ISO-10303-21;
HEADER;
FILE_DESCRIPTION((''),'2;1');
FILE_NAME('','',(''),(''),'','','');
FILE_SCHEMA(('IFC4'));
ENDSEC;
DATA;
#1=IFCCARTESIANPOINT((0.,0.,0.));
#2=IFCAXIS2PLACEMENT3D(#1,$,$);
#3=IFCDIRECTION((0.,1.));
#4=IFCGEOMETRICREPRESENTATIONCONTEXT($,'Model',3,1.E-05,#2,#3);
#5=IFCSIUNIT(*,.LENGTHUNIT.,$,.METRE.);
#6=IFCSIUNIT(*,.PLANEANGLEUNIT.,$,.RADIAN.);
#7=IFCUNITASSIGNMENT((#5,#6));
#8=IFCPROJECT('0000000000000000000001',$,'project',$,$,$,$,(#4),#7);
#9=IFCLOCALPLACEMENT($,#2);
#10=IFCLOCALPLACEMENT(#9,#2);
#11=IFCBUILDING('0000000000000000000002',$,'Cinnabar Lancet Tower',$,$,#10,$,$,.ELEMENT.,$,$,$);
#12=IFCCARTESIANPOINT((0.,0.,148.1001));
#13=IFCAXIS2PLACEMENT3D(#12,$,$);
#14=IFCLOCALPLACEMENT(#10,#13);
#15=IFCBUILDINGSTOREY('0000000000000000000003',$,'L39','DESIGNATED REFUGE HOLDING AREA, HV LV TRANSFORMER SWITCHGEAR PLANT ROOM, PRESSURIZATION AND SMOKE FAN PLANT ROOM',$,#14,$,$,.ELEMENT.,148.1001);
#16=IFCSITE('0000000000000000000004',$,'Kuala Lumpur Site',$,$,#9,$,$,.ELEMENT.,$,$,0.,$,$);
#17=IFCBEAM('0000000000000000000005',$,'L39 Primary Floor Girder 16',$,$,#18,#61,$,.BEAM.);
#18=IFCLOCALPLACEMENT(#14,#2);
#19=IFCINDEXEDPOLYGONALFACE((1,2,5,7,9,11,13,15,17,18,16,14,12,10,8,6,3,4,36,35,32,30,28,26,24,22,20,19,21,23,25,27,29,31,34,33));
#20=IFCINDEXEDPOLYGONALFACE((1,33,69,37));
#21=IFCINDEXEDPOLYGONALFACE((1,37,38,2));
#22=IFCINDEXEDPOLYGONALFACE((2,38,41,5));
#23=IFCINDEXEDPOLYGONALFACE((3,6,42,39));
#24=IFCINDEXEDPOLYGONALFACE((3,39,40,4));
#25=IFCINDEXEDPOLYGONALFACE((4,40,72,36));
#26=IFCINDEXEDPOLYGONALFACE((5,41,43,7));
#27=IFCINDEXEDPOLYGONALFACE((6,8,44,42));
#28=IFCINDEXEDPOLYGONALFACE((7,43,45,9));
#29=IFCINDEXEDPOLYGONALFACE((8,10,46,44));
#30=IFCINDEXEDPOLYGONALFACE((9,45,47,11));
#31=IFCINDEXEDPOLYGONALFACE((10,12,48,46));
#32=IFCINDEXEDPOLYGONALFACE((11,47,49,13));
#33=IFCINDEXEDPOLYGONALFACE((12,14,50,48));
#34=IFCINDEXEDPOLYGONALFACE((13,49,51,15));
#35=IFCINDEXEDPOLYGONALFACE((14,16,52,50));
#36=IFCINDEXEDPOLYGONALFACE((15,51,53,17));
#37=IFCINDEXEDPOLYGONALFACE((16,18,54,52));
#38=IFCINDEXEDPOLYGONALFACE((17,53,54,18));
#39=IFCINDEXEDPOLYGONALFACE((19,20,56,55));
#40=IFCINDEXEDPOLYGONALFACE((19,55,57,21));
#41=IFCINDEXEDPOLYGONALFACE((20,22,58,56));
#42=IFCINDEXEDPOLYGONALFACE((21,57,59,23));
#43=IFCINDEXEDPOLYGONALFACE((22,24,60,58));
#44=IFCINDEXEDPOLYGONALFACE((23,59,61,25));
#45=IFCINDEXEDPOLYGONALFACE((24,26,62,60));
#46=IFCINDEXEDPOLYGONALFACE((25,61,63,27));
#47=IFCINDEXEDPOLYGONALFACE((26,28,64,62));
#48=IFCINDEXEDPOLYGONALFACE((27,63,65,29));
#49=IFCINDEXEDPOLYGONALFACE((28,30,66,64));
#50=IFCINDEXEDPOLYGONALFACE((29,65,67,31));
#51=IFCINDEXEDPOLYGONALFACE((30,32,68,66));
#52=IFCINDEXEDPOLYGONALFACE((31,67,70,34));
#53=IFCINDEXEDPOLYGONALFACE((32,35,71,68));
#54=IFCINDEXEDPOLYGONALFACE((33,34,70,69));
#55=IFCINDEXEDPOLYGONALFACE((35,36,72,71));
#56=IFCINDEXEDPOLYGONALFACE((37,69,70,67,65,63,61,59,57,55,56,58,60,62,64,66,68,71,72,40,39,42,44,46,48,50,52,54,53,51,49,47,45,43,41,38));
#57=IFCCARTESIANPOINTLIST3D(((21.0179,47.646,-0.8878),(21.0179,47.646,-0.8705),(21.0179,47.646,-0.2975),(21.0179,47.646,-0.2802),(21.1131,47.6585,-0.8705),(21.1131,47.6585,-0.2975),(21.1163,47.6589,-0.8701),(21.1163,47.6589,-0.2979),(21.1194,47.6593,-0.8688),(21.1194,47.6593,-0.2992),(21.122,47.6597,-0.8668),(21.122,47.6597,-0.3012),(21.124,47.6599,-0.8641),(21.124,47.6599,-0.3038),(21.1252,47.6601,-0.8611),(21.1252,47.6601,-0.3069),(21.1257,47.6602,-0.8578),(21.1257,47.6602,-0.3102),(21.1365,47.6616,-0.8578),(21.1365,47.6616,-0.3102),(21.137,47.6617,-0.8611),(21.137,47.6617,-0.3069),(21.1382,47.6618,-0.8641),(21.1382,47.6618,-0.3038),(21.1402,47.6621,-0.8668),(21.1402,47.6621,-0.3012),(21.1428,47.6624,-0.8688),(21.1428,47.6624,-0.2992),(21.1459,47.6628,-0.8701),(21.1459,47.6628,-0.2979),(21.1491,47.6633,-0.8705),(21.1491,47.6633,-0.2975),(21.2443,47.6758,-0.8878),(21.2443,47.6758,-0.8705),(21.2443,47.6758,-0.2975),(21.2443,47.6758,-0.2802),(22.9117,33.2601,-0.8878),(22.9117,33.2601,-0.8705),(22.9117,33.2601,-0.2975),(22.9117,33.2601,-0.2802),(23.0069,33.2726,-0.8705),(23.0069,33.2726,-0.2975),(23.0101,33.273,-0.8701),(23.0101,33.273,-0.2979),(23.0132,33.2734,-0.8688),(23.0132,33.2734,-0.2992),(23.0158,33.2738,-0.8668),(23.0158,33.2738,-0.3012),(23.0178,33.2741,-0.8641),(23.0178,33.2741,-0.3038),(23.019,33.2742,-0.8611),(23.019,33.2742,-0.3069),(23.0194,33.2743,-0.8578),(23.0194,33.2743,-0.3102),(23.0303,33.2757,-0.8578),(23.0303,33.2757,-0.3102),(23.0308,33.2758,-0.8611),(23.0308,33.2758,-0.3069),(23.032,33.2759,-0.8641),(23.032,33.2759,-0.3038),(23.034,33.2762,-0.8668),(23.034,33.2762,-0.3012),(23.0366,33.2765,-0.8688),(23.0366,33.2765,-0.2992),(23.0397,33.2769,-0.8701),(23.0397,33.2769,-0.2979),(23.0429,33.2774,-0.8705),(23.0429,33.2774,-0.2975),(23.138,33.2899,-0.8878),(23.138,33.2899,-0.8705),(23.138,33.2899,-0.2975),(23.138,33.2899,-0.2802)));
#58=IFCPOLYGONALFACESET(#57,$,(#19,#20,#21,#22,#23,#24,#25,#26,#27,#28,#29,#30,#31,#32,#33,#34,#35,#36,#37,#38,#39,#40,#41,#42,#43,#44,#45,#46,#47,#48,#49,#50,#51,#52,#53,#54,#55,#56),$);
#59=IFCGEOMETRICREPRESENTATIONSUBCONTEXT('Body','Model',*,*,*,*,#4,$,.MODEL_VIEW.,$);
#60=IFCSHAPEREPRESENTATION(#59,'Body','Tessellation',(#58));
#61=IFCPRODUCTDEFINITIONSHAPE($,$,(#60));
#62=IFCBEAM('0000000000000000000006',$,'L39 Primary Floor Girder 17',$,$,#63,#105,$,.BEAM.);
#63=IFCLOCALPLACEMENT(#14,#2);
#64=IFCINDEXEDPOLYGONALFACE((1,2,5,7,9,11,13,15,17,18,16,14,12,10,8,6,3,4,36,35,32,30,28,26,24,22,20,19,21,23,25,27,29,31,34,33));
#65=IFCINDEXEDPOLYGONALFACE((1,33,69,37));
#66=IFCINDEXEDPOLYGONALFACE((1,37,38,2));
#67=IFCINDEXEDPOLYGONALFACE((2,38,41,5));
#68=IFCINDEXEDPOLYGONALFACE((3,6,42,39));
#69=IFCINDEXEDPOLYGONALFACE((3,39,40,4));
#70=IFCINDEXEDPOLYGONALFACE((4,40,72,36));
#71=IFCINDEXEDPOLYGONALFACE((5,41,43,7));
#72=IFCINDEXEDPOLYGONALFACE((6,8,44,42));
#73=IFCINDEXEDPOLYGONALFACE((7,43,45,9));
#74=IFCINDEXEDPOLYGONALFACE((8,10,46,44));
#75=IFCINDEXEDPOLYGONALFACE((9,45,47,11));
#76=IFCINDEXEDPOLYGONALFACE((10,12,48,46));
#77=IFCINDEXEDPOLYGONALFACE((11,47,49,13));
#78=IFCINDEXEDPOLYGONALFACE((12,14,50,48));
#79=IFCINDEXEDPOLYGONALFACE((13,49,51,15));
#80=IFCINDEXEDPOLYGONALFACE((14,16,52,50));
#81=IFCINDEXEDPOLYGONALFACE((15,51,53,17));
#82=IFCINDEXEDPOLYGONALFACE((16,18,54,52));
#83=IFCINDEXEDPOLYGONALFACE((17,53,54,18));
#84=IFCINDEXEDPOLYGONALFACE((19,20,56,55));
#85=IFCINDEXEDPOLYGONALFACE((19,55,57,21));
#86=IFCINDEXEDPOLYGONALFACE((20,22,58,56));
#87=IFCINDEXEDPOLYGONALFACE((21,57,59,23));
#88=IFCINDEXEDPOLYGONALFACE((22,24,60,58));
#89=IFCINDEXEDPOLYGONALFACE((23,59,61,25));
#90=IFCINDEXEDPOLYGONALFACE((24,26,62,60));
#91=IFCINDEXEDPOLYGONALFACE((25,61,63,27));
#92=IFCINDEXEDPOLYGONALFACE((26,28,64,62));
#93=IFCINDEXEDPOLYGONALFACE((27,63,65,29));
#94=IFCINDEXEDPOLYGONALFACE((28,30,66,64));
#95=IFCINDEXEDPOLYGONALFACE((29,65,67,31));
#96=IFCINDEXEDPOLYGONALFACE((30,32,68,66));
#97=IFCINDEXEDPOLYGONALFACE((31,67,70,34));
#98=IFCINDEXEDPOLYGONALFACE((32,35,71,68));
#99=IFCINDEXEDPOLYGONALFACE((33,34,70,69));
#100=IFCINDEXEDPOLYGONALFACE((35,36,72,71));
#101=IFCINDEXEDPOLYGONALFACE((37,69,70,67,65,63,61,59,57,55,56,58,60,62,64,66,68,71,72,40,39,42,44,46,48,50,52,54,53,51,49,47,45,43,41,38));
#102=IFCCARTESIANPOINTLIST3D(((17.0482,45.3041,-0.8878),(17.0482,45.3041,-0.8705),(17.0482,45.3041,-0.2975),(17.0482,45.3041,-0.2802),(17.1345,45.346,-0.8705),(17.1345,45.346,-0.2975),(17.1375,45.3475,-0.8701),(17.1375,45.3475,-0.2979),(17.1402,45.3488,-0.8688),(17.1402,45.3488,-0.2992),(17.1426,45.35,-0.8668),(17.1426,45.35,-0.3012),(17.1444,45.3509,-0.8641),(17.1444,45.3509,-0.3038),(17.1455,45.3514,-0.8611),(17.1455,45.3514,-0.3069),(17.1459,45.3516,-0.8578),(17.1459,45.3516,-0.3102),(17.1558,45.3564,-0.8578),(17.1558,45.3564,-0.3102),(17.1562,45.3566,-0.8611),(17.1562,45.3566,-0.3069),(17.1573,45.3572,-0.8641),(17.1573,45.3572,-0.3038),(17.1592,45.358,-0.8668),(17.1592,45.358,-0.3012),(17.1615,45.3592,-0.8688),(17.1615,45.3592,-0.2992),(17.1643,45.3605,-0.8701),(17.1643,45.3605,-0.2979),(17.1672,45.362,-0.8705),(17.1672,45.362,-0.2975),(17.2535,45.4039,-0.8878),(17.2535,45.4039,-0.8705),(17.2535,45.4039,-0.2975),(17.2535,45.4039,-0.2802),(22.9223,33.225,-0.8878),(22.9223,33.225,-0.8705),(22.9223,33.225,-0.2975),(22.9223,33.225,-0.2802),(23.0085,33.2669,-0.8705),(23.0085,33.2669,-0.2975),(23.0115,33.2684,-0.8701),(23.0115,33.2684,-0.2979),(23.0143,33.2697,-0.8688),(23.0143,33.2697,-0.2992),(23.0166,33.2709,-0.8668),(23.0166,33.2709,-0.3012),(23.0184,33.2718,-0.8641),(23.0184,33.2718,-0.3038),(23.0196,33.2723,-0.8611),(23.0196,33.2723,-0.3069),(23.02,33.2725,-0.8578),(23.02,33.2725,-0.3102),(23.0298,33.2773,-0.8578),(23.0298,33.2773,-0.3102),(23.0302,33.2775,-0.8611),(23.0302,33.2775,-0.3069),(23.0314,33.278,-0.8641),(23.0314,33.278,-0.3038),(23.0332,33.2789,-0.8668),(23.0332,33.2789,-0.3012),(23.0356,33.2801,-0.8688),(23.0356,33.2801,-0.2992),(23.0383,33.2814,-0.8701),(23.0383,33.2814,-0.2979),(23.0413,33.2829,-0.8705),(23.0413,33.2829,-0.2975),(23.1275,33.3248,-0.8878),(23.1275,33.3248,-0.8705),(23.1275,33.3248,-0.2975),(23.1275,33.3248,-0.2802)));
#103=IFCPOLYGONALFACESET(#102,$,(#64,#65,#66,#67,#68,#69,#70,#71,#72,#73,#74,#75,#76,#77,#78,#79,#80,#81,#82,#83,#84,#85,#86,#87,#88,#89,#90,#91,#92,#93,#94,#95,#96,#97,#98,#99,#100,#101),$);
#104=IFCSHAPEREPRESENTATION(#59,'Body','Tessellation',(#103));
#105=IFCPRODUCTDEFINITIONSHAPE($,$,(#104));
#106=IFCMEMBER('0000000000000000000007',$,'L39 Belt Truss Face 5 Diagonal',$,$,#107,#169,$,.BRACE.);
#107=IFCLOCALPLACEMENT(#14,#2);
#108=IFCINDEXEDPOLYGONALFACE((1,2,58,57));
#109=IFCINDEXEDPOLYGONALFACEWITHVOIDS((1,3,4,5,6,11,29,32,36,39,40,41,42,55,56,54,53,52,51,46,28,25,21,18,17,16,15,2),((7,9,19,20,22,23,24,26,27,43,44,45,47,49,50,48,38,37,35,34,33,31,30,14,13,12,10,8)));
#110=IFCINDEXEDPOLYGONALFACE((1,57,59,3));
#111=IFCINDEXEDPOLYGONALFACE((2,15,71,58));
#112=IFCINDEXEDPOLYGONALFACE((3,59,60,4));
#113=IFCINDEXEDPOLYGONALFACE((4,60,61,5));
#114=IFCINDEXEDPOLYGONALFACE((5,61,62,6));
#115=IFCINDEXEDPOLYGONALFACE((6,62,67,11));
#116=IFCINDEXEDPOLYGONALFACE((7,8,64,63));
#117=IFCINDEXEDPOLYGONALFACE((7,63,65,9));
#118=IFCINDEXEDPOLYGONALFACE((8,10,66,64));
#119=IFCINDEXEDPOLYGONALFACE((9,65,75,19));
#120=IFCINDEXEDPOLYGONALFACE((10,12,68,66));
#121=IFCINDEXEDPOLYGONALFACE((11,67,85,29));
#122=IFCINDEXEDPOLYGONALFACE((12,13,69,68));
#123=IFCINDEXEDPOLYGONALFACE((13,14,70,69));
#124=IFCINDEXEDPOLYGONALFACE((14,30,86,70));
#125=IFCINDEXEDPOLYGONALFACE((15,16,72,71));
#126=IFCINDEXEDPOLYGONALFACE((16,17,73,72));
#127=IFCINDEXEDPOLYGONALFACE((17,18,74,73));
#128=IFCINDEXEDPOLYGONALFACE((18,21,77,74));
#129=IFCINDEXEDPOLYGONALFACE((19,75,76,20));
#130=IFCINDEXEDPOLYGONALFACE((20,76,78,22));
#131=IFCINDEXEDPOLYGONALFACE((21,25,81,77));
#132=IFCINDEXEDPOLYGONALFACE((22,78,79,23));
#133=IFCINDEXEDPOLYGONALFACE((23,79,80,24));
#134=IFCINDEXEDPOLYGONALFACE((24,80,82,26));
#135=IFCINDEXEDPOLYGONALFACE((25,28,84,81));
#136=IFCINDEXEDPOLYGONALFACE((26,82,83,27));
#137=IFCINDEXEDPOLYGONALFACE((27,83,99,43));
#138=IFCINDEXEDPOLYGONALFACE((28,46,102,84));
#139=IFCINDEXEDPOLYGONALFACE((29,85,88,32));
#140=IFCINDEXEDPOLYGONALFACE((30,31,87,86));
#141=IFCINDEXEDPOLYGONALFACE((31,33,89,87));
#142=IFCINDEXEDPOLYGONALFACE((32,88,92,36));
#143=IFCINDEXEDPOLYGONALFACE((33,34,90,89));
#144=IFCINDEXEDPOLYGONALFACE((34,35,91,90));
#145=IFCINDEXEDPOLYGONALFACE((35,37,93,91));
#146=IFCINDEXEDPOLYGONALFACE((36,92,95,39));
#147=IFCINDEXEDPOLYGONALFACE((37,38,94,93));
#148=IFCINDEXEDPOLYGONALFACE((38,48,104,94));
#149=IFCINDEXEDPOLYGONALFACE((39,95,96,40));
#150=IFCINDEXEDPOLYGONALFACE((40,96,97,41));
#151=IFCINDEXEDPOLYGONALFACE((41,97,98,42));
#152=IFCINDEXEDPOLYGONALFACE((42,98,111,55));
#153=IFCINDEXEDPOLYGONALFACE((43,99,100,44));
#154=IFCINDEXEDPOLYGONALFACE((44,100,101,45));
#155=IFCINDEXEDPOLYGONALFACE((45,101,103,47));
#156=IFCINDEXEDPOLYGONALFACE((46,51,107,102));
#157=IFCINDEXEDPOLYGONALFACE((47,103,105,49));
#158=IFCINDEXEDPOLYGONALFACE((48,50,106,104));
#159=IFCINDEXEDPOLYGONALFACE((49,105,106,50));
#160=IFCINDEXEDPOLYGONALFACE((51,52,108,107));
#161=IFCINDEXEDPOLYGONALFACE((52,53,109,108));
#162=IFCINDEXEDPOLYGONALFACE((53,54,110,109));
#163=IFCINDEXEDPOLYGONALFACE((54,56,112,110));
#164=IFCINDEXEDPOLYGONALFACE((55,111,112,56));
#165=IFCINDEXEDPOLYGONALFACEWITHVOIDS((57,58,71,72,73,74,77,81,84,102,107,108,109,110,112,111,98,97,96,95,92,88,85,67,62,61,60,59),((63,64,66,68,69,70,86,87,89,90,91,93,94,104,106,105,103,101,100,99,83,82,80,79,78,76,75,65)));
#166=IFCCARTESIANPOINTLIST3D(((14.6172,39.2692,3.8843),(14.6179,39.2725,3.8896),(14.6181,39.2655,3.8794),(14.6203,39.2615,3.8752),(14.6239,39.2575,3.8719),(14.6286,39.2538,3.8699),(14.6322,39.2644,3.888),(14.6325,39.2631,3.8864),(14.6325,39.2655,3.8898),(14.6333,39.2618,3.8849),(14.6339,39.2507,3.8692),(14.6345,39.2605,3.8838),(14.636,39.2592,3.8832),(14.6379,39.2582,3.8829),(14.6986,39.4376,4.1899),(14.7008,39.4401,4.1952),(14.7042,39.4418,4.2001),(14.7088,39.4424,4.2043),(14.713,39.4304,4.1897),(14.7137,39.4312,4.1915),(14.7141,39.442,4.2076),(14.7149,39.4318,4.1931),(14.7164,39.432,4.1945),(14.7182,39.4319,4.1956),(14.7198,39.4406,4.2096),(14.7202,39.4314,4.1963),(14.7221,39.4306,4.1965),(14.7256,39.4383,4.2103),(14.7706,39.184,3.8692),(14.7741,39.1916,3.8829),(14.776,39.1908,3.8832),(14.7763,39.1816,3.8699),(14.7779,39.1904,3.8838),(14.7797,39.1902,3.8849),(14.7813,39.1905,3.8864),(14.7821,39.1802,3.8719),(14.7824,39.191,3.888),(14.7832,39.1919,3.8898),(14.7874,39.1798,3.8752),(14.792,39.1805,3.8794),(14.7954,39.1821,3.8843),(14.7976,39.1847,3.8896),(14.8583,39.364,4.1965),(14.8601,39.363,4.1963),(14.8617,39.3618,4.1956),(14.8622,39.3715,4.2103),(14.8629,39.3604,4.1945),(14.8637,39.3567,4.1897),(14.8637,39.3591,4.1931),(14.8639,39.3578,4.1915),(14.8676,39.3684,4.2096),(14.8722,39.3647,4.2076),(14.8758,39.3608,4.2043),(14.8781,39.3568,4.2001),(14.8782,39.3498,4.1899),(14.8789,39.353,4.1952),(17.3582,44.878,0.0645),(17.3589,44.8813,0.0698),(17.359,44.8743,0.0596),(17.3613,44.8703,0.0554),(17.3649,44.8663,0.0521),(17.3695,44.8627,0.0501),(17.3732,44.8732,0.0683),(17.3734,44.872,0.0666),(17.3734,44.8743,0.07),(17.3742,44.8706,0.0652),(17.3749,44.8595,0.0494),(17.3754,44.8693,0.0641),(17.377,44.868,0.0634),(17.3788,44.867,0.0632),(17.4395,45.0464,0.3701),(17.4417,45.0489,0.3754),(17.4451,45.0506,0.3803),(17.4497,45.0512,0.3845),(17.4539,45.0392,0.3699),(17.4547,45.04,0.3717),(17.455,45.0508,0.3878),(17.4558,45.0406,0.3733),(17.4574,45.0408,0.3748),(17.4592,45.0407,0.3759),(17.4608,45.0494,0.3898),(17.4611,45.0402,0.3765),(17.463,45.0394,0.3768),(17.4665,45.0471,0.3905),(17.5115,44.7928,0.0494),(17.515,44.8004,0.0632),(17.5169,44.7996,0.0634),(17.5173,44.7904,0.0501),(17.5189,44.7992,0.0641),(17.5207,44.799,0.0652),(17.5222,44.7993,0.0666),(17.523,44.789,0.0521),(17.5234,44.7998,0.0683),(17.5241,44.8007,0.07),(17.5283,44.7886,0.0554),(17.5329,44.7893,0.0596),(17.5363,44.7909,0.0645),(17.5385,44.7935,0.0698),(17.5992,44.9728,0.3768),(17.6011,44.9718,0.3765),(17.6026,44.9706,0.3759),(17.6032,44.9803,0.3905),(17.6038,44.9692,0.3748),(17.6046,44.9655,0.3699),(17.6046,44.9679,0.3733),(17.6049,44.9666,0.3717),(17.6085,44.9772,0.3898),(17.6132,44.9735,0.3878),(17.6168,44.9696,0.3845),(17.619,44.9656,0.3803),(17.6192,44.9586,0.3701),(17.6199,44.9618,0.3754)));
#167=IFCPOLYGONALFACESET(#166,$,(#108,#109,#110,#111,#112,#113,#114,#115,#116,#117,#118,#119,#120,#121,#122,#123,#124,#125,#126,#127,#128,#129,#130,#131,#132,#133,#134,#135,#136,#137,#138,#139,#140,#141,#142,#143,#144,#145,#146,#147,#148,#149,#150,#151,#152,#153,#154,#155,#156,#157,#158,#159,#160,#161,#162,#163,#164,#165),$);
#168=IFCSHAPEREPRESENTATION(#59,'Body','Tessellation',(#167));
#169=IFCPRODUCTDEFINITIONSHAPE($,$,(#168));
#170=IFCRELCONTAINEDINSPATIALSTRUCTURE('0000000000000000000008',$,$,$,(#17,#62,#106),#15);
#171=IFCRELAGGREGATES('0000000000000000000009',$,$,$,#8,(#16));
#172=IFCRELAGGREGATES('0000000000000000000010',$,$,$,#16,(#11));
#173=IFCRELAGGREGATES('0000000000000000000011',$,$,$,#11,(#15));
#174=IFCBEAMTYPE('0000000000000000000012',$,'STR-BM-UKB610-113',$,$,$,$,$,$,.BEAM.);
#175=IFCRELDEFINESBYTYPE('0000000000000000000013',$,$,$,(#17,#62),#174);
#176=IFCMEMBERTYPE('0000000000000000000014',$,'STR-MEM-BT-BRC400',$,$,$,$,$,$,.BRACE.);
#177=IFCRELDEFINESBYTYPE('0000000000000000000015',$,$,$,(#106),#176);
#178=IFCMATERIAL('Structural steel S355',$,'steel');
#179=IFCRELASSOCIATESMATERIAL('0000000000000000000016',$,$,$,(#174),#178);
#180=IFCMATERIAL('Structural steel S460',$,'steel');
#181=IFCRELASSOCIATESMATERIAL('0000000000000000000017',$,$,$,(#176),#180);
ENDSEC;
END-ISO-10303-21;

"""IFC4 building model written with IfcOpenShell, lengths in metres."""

from ifc_helpers import new_model, si_unit, direction, frame, origin, origin_2d, place, context, subcontext, project, spatial, hollow_rectangle, i_section, extrude, material, material_profile, profile_set, type_object, element, save


model = new_model("IFC4")

# Units and contexts
model_context = context("Model", 3, precision=1e-05, world=origin(), true_north=direction((0.0, 1.0)))
body_context = subcontext(model_context, "Body", "Model", "MODEL_VIEW")
ifc_project = project(units=[si_unit("LENGTHUNIT", "METRE"), si_unit("PLANEANGLEUNIT", "RADIAN")], contexts=[model_context])

# Site, building, storey
site_placement = place(None, origin())
site = spatial("IfcSite", under=ifc_project, at=site_placement, Name="Kuala Lumpur Site", CompositionType="ELEMENT", RefElevation=0.0)
building_placement = place(site_placement, origin())
building = spatial("IfcBuilding", under=site, at=building_placement, Name="Cinnabar Lancet Tower", CompositionType="ELEMENT")
storey_placement = place(building_placement, frame((0.0, 0.0, 148.1001)))
storey = spatial("IfcBuildingStorey", under=building, at=storey_placement, Name="L39", Description="DESIGNATED REFUGE HOLDING AREA, HV LV TRANSFORMER SWITCHGEAR PLANT ROOM, PRESSURIZATION AND SMOKE FAN PLANT ROOM", CompositionType="ELEMENT", Elevation=148.1001)

# Beams
ifc_material_1 = material(Name="Structural steel S355", Category="steel")
ifc_material_profile_1 = material_profile(ifc_material_1, i_section(OverallWidth=0.2283, OverallDepth=0.6077, WebThickness=0.011, FlangeThickness=0.0173, FilletRadius=0.0127, at=origin_2d()), Name="UKB 610x229x113")
ifc_profile_set_1 = profile_set([ifc_material_profile_1], Name="Structural steel S355")
beam_type_1 = type_object("IfcBeamType", Name="STR-BM-UKB610-113", PredefinedType="BEAM", material=ifc_profile_set_1)
beam_1_placement = place(storey_placement, frame((21.1311, 47.6609, -0.584), z_axis=(0.130516, -0.991446, 0.0), x_axis=(0.991446, 0.130516, 0.0)))
element("IfcBeam", 1, at=beam_1_placement, inside=storey, type_object=beam_type_1, Name="L39 Primary Floor Girder 16", PredefinedType="BEAM", context=body_context, shape_type="SweptSolid", body=[
    extrude(i_section(OverallWidth=0.2283, OverallDepth=0.6077, WebThickness=0.011, FlangeThickness=0.0173, FilletRadius=0.0127, at=origin_2d()), origin(), (0.0, 0.0, 1.0), 14.51),
])
beam_2_placement = place(storey_placement, frame((17.1509, 45.354, -0.584), z_axis=(0.437327, -0.899302, 0.0), x_axis=(0.899302, 0.437327, 0.0)))
element("IfcBeam", 2, at=beam_2_placement, inside=storey, type_object=beam_type_1, Name="L39 Primary Floor Girder 17", PredefinedType="BEAM", context=body_context, shape_type="SweptSolid", body=[
    extrude(i_section(OverallWidth=0.2283, OverallDepth=0.6077, WebThickness=0.011, FlangeThickness=0.0173, FilletRadius=0.0127, at=origin_2d()), origin(), (0.0, 0.0, 1.0), 13.4316),
])

# Member
ifc_material_2 = material(Name="Structural steel S460", Category="steel")
ifc_material_profile_2 = material_profile(ifc_material_2, hollow_rectangle(XDim=0.2, YDim=0.3999, WallThickness=0.0161, InnerFilletRadius=0.0081, OuterFilletRadius=0.0239, at=origin_2d()), Name="RHS 400x200x16")
ifc_profile_set_2 = profile_set([ifc_material_profile_2], Name="Structural steel S460")
member_type_1 = type_object("IfcMemberType", Name="STR-MEM-BT-BRC400", PredefinedType="BRACE", material=ifc_profile_set_2)
member_placement = place(storey_placement, frame((17.489, 44.9199, 0.22), z_axis=(-0.374515, -0.766376, 0.521926), x_axis=(0.898457, -0.439061, 0.0)))
element("IfcMember", 3, at=member_placement, inside=storey, type_object=member_type_1, Name="L39 Belt Truss Face 5 Diagonal", PredefinedType="BRACE", context=body_context, shape_type="SweptSolid", body=[
    extrude(hollow_rectangle(XDim=0.2, YDim=0.3999, WallThickness=0.0161, InnerFilletRadius=0.0081, OuterFilletRadius=0.0239, at=origin_2d()), origin(), (0.0, 0.0, 1.0), 7.3186),
])

save(model, "model.ifc")
